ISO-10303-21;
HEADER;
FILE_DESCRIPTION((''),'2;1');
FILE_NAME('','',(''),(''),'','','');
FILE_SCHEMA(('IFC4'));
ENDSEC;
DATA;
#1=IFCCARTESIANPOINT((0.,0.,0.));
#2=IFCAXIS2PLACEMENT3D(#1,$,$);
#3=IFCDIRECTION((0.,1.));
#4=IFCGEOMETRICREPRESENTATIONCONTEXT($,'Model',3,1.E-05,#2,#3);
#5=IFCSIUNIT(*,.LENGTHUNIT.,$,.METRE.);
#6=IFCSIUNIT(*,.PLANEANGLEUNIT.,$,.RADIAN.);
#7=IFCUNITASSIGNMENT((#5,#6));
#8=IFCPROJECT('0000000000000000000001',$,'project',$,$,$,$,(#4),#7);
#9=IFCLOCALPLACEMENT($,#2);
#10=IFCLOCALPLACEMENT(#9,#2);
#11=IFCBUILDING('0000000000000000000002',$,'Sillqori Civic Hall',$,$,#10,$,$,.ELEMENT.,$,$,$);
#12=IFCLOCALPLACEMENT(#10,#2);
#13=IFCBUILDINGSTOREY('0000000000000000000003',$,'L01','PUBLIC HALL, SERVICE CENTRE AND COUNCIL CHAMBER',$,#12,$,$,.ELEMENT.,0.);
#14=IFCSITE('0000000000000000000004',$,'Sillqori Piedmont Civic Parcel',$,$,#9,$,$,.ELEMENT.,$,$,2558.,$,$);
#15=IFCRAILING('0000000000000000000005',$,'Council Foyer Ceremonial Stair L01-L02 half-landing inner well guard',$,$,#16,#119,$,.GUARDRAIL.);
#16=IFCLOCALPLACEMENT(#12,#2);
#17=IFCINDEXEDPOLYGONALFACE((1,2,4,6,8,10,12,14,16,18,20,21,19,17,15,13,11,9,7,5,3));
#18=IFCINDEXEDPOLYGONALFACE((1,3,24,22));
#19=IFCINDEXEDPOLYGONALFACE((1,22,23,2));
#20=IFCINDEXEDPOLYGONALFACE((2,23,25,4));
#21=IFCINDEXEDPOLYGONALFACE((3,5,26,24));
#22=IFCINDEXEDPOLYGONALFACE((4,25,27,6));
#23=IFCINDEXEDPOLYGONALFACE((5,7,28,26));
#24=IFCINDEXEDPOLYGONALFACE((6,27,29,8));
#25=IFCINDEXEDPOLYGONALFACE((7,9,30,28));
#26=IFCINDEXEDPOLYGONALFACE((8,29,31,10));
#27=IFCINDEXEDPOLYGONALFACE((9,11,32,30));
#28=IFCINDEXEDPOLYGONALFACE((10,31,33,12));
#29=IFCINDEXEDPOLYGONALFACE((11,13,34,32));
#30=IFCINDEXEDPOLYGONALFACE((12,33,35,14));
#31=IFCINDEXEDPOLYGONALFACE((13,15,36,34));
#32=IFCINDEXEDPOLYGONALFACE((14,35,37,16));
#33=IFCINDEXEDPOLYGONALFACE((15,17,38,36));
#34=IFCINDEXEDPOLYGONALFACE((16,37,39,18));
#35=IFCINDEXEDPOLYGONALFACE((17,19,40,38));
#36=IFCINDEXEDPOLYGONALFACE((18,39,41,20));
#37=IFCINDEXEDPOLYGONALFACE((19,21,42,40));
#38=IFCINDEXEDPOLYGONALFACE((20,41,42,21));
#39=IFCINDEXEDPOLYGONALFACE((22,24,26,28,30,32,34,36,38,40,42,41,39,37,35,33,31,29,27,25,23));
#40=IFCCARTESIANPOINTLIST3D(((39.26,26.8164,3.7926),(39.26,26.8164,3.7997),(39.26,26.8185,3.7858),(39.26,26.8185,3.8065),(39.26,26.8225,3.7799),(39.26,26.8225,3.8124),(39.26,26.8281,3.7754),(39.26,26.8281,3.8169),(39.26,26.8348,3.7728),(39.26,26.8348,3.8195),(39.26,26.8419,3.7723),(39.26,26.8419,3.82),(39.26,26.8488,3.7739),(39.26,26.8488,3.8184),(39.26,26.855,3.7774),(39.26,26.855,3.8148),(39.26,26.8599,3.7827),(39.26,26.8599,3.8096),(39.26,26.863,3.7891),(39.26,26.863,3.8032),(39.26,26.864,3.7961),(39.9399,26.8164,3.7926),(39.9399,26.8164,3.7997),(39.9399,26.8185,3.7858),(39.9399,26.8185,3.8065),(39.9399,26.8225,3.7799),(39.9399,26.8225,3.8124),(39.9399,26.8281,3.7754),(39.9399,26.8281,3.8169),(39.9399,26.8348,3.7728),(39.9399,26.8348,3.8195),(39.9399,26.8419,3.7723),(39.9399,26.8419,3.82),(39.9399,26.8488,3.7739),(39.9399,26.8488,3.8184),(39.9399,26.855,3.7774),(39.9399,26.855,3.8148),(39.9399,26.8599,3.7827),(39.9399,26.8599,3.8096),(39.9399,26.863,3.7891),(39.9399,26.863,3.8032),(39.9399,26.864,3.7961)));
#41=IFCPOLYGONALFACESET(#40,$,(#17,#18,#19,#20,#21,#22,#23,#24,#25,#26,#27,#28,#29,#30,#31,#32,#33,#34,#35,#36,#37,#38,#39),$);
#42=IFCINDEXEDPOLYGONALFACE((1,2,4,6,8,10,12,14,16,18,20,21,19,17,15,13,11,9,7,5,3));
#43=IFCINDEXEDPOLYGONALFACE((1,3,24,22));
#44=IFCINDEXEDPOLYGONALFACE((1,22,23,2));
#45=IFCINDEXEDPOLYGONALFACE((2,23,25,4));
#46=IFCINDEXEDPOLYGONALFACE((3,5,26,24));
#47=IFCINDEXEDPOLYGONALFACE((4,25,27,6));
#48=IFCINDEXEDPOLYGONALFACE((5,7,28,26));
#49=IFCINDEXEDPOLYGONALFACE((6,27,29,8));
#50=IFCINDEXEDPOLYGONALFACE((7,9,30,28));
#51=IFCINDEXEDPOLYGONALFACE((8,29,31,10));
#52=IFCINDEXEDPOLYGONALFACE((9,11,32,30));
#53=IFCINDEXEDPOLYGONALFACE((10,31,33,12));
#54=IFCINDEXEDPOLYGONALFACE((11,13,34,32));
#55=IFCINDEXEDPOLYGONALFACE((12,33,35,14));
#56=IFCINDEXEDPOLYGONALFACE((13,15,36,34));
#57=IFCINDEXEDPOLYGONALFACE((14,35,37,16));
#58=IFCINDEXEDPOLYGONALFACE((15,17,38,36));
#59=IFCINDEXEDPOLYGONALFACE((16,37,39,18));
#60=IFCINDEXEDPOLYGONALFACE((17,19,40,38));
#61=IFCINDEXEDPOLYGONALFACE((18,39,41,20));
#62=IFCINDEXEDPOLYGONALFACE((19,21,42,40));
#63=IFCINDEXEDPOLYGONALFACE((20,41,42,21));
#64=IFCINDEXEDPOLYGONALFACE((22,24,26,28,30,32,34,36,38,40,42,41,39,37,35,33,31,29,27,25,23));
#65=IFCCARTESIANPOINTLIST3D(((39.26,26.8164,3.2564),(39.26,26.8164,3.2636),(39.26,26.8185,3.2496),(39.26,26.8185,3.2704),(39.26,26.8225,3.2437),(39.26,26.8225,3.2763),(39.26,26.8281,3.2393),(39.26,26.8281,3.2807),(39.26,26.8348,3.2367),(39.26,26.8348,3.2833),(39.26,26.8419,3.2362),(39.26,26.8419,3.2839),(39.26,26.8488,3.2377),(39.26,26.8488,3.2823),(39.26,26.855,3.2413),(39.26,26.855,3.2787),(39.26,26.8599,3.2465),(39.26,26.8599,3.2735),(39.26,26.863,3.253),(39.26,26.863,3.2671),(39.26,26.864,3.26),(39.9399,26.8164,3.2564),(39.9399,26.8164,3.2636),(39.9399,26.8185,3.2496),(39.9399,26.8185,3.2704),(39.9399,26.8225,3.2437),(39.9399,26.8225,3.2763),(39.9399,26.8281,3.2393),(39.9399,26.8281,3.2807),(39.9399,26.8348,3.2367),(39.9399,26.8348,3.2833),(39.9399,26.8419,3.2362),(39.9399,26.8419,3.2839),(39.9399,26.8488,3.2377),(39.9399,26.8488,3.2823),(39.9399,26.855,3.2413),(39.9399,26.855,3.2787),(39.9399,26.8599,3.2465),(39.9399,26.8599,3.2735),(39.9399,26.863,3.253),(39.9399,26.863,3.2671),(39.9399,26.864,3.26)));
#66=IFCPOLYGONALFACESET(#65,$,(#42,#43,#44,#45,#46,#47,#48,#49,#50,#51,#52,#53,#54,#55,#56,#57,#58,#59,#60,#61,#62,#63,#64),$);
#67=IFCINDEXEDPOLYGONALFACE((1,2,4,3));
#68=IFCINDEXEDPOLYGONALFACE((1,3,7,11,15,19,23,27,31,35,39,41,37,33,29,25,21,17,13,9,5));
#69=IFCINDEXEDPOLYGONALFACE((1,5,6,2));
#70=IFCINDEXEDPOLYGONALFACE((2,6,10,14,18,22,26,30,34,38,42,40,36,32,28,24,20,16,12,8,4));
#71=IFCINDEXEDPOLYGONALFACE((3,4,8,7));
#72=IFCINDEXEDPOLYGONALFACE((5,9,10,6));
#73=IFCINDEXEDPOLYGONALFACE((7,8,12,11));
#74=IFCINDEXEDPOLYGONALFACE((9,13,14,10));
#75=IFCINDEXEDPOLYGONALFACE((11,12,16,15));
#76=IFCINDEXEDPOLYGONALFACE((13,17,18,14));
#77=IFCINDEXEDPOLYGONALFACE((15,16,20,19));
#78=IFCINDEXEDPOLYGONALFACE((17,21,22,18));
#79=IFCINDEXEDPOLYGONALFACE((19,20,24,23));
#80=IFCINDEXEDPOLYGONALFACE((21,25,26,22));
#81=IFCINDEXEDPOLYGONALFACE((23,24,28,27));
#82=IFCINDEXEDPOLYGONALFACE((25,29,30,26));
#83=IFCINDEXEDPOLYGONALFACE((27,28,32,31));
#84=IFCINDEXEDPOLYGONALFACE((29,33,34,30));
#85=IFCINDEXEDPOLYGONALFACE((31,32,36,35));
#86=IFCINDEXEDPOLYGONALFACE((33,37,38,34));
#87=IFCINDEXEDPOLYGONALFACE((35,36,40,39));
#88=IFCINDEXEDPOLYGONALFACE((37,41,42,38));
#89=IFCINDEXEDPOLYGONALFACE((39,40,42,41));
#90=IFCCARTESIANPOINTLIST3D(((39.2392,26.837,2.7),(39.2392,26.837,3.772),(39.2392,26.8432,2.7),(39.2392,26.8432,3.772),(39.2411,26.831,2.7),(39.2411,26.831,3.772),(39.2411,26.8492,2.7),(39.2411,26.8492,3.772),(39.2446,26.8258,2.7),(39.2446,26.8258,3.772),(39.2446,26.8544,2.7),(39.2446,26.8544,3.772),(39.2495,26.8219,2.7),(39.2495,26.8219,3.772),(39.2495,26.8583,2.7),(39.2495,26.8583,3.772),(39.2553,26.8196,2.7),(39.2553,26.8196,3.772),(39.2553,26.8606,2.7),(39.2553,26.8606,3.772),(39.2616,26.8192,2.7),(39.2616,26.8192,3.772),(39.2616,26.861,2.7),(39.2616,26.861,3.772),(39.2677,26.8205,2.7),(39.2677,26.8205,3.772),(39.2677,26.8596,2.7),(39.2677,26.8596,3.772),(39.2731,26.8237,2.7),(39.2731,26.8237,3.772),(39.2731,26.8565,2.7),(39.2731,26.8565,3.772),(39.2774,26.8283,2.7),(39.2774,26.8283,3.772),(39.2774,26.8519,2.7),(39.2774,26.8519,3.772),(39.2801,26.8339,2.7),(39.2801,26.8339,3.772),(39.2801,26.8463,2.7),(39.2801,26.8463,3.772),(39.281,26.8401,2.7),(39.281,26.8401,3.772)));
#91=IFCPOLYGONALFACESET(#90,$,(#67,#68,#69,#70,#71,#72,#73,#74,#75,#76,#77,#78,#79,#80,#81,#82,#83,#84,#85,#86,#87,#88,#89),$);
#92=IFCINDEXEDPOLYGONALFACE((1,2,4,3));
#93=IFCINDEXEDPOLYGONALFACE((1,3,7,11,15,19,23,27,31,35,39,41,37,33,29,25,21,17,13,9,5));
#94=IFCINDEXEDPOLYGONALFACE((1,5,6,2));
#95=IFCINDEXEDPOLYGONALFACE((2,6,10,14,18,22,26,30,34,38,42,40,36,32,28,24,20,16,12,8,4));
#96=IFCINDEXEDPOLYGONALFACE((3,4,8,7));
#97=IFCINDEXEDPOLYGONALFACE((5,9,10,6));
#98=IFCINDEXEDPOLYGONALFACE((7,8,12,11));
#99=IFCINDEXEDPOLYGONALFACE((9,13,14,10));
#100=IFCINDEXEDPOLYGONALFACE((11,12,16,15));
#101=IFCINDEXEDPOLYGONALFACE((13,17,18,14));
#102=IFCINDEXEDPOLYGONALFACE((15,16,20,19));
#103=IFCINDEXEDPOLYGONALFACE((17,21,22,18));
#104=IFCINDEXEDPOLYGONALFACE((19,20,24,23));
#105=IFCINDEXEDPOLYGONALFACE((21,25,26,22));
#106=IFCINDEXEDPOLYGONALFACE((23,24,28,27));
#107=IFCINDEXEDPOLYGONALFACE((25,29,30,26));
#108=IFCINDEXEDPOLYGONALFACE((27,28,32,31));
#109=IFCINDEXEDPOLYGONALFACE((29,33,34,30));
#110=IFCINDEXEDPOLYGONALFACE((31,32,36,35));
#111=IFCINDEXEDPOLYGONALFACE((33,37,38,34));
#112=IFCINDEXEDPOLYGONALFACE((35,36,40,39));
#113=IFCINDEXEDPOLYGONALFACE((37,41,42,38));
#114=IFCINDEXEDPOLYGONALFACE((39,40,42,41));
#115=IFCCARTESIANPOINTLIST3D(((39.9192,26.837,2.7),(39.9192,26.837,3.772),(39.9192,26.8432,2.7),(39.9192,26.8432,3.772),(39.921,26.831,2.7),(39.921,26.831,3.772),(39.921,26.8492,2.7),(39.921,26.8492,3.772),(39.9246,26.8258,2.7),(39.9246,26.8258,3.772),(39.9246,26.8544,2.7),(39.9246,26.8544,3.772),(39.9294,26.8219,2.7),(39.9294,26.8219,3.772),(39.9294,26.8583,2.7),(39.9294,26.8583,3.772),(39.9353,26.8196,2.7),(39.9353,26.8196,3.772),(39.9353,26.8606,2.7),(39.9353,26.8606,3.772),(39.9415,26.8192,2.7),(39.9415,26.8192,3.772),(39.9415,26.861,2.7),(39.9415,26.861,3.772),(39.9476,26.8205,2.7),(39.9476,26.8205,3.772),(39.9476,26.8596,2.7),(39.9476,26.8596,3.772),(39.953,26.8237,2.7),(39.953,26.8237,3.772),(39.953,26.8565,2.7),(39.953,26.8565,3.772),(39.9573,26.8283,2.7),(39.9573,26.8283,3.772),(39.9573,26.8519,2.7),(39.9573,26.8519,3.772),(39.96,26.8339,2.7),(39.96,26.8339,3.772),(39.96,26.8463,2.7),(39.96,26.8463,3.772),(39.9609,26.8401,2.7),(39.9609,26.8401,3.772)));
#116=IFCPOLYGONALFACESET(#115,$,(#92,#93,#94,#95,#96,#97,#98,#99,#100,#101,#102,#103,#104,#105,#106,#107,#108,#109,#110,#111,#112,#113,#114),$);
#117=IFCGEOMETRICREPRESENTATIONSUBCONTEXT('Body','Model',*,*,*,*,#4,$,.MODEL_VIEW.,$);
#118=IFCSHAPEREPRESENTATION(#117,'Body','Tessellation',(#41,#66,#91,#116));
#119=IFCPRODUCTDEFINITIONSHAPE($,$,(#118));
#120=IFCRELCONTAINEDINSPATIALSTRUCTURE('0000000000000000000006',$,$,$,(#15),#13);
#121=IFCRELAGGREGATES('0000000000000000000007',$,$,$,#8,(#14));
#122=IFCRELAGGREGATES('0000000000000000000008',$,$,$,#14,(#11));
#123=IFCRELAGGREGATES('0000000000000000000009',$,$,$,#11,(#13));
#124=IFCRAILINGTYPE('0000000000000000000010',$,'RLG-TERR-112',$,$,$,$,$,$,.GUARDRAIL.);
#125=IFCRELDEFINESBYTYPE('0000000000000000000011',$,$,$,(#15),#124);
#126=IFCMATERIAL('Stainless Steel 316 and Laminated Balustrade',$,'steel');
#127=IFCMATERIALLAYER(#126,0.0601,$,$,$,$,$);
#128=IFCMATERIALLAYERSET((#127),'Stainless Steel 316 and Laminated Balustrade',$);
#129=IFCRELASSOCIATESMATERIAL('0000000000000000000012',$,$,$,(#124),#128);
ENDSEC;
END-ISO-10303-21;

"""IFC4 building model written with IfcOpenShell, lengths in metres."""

from ifc_helpers import new_model, si_unit, direction, frame, origin, origin_2d, place, context, subcontext, project, spatial, circle, extrude, material, layer, layer_set, type_object, element, save


model = new_model("IFC4")

# Units and contexts
model_context = context("Model", 3, precision=1e-05, world=origin(), true_north=direction((0.0, 1.0)))
body_context = subcontext(model_context, "Body", "Model", "MODEL_VIEW")
ifc_project = project(units=[si_unit("LENGTHUNIT", "METRE"), si_unit("PLANEANGLEUNIT", "RADIAN")], contexts=[model_context])

# Site, building, storey
site_placement = place(None, origin())
site = spatial("IfcSite", under=ifc_project, at=site_placement, Name="Sillqori Piedmont Civic Parcel", CompositionType="ELEMENT", RefElevation=2558.0)
building_placement = place(site_placement, origin())
building = spatial("IfcBuilding", under=site, at=building_placement, Name="Sillqori Civic Hall", CompositionType="ELEMENT")
storey_placement = place(building_placement, origin())
storey = spatial("IfcBuildingStorey", under=building, at=storey_placement, Name="L01", Description="PUBLIC HALL, SERVICE CENTRE AND COUNCIL CHAMBER", CompositionType="ELEMENT", Elevation=0.0)

# Railing
ifc_material_1 = material(Name="Stainless Steel 316 and Laminated Balustrade", Category="steel")
ifc_layer_1 = layer(ifc_material_1, 0.0601)
ifc_layer_set_1 = layer_set([ifc_layer_1], Name="Stainless Steel 316 and Laminated Balustrade")
railing_type_1 = type_object("IfcRailingType", Name="RLG-TERR-112", PredefinedType="GUARDRAIL", material=ifc_layer_set_1)
railing_1_placement = place(storey_placement, frame((39.26, 26.8401, 2.7)))
element("IfcRailing", 1, at=railing_1_placement, inside=storey, type_object=railing_type_1, Name="Council Foyer Ceremonial Stair L01-L02 half-landing inner well guard", PredefinedType="GUARDRAIL", context=body_context, shape_type="SweptSolid", body=[
    extrude(circle(Radius=0.0239, at=origin_2d()), frame((0.0, 0.0, 1.0962), z_axis=(1.0, 0.0, 0.0), x_axis=(0.0, 1.0, 0.0)), (0.0, 0.0, 1.0), 0.6799),
    extrude(circle(Radius=0.0239, at=origin_2d()), frame((0.0, 0.0, 0.5601), z_axis=(1.0, 0.0, 0.0), x_axis=(0.0, 1.0, 0.0)), (0.0, 0.0, 1.0), 0.6799),
    extrude(circle(Radius=0.021, at=origin_2d()), origin(), (0.0, 0.0, 1.0), 1.072),
    extrude(circle(Radius=0.021, at=origin_2d()), frame((0.6799, 0.0, 0.0)), (0.0, 0.0, 1.0), 1.072),
])

save(model, "model.ifc")
